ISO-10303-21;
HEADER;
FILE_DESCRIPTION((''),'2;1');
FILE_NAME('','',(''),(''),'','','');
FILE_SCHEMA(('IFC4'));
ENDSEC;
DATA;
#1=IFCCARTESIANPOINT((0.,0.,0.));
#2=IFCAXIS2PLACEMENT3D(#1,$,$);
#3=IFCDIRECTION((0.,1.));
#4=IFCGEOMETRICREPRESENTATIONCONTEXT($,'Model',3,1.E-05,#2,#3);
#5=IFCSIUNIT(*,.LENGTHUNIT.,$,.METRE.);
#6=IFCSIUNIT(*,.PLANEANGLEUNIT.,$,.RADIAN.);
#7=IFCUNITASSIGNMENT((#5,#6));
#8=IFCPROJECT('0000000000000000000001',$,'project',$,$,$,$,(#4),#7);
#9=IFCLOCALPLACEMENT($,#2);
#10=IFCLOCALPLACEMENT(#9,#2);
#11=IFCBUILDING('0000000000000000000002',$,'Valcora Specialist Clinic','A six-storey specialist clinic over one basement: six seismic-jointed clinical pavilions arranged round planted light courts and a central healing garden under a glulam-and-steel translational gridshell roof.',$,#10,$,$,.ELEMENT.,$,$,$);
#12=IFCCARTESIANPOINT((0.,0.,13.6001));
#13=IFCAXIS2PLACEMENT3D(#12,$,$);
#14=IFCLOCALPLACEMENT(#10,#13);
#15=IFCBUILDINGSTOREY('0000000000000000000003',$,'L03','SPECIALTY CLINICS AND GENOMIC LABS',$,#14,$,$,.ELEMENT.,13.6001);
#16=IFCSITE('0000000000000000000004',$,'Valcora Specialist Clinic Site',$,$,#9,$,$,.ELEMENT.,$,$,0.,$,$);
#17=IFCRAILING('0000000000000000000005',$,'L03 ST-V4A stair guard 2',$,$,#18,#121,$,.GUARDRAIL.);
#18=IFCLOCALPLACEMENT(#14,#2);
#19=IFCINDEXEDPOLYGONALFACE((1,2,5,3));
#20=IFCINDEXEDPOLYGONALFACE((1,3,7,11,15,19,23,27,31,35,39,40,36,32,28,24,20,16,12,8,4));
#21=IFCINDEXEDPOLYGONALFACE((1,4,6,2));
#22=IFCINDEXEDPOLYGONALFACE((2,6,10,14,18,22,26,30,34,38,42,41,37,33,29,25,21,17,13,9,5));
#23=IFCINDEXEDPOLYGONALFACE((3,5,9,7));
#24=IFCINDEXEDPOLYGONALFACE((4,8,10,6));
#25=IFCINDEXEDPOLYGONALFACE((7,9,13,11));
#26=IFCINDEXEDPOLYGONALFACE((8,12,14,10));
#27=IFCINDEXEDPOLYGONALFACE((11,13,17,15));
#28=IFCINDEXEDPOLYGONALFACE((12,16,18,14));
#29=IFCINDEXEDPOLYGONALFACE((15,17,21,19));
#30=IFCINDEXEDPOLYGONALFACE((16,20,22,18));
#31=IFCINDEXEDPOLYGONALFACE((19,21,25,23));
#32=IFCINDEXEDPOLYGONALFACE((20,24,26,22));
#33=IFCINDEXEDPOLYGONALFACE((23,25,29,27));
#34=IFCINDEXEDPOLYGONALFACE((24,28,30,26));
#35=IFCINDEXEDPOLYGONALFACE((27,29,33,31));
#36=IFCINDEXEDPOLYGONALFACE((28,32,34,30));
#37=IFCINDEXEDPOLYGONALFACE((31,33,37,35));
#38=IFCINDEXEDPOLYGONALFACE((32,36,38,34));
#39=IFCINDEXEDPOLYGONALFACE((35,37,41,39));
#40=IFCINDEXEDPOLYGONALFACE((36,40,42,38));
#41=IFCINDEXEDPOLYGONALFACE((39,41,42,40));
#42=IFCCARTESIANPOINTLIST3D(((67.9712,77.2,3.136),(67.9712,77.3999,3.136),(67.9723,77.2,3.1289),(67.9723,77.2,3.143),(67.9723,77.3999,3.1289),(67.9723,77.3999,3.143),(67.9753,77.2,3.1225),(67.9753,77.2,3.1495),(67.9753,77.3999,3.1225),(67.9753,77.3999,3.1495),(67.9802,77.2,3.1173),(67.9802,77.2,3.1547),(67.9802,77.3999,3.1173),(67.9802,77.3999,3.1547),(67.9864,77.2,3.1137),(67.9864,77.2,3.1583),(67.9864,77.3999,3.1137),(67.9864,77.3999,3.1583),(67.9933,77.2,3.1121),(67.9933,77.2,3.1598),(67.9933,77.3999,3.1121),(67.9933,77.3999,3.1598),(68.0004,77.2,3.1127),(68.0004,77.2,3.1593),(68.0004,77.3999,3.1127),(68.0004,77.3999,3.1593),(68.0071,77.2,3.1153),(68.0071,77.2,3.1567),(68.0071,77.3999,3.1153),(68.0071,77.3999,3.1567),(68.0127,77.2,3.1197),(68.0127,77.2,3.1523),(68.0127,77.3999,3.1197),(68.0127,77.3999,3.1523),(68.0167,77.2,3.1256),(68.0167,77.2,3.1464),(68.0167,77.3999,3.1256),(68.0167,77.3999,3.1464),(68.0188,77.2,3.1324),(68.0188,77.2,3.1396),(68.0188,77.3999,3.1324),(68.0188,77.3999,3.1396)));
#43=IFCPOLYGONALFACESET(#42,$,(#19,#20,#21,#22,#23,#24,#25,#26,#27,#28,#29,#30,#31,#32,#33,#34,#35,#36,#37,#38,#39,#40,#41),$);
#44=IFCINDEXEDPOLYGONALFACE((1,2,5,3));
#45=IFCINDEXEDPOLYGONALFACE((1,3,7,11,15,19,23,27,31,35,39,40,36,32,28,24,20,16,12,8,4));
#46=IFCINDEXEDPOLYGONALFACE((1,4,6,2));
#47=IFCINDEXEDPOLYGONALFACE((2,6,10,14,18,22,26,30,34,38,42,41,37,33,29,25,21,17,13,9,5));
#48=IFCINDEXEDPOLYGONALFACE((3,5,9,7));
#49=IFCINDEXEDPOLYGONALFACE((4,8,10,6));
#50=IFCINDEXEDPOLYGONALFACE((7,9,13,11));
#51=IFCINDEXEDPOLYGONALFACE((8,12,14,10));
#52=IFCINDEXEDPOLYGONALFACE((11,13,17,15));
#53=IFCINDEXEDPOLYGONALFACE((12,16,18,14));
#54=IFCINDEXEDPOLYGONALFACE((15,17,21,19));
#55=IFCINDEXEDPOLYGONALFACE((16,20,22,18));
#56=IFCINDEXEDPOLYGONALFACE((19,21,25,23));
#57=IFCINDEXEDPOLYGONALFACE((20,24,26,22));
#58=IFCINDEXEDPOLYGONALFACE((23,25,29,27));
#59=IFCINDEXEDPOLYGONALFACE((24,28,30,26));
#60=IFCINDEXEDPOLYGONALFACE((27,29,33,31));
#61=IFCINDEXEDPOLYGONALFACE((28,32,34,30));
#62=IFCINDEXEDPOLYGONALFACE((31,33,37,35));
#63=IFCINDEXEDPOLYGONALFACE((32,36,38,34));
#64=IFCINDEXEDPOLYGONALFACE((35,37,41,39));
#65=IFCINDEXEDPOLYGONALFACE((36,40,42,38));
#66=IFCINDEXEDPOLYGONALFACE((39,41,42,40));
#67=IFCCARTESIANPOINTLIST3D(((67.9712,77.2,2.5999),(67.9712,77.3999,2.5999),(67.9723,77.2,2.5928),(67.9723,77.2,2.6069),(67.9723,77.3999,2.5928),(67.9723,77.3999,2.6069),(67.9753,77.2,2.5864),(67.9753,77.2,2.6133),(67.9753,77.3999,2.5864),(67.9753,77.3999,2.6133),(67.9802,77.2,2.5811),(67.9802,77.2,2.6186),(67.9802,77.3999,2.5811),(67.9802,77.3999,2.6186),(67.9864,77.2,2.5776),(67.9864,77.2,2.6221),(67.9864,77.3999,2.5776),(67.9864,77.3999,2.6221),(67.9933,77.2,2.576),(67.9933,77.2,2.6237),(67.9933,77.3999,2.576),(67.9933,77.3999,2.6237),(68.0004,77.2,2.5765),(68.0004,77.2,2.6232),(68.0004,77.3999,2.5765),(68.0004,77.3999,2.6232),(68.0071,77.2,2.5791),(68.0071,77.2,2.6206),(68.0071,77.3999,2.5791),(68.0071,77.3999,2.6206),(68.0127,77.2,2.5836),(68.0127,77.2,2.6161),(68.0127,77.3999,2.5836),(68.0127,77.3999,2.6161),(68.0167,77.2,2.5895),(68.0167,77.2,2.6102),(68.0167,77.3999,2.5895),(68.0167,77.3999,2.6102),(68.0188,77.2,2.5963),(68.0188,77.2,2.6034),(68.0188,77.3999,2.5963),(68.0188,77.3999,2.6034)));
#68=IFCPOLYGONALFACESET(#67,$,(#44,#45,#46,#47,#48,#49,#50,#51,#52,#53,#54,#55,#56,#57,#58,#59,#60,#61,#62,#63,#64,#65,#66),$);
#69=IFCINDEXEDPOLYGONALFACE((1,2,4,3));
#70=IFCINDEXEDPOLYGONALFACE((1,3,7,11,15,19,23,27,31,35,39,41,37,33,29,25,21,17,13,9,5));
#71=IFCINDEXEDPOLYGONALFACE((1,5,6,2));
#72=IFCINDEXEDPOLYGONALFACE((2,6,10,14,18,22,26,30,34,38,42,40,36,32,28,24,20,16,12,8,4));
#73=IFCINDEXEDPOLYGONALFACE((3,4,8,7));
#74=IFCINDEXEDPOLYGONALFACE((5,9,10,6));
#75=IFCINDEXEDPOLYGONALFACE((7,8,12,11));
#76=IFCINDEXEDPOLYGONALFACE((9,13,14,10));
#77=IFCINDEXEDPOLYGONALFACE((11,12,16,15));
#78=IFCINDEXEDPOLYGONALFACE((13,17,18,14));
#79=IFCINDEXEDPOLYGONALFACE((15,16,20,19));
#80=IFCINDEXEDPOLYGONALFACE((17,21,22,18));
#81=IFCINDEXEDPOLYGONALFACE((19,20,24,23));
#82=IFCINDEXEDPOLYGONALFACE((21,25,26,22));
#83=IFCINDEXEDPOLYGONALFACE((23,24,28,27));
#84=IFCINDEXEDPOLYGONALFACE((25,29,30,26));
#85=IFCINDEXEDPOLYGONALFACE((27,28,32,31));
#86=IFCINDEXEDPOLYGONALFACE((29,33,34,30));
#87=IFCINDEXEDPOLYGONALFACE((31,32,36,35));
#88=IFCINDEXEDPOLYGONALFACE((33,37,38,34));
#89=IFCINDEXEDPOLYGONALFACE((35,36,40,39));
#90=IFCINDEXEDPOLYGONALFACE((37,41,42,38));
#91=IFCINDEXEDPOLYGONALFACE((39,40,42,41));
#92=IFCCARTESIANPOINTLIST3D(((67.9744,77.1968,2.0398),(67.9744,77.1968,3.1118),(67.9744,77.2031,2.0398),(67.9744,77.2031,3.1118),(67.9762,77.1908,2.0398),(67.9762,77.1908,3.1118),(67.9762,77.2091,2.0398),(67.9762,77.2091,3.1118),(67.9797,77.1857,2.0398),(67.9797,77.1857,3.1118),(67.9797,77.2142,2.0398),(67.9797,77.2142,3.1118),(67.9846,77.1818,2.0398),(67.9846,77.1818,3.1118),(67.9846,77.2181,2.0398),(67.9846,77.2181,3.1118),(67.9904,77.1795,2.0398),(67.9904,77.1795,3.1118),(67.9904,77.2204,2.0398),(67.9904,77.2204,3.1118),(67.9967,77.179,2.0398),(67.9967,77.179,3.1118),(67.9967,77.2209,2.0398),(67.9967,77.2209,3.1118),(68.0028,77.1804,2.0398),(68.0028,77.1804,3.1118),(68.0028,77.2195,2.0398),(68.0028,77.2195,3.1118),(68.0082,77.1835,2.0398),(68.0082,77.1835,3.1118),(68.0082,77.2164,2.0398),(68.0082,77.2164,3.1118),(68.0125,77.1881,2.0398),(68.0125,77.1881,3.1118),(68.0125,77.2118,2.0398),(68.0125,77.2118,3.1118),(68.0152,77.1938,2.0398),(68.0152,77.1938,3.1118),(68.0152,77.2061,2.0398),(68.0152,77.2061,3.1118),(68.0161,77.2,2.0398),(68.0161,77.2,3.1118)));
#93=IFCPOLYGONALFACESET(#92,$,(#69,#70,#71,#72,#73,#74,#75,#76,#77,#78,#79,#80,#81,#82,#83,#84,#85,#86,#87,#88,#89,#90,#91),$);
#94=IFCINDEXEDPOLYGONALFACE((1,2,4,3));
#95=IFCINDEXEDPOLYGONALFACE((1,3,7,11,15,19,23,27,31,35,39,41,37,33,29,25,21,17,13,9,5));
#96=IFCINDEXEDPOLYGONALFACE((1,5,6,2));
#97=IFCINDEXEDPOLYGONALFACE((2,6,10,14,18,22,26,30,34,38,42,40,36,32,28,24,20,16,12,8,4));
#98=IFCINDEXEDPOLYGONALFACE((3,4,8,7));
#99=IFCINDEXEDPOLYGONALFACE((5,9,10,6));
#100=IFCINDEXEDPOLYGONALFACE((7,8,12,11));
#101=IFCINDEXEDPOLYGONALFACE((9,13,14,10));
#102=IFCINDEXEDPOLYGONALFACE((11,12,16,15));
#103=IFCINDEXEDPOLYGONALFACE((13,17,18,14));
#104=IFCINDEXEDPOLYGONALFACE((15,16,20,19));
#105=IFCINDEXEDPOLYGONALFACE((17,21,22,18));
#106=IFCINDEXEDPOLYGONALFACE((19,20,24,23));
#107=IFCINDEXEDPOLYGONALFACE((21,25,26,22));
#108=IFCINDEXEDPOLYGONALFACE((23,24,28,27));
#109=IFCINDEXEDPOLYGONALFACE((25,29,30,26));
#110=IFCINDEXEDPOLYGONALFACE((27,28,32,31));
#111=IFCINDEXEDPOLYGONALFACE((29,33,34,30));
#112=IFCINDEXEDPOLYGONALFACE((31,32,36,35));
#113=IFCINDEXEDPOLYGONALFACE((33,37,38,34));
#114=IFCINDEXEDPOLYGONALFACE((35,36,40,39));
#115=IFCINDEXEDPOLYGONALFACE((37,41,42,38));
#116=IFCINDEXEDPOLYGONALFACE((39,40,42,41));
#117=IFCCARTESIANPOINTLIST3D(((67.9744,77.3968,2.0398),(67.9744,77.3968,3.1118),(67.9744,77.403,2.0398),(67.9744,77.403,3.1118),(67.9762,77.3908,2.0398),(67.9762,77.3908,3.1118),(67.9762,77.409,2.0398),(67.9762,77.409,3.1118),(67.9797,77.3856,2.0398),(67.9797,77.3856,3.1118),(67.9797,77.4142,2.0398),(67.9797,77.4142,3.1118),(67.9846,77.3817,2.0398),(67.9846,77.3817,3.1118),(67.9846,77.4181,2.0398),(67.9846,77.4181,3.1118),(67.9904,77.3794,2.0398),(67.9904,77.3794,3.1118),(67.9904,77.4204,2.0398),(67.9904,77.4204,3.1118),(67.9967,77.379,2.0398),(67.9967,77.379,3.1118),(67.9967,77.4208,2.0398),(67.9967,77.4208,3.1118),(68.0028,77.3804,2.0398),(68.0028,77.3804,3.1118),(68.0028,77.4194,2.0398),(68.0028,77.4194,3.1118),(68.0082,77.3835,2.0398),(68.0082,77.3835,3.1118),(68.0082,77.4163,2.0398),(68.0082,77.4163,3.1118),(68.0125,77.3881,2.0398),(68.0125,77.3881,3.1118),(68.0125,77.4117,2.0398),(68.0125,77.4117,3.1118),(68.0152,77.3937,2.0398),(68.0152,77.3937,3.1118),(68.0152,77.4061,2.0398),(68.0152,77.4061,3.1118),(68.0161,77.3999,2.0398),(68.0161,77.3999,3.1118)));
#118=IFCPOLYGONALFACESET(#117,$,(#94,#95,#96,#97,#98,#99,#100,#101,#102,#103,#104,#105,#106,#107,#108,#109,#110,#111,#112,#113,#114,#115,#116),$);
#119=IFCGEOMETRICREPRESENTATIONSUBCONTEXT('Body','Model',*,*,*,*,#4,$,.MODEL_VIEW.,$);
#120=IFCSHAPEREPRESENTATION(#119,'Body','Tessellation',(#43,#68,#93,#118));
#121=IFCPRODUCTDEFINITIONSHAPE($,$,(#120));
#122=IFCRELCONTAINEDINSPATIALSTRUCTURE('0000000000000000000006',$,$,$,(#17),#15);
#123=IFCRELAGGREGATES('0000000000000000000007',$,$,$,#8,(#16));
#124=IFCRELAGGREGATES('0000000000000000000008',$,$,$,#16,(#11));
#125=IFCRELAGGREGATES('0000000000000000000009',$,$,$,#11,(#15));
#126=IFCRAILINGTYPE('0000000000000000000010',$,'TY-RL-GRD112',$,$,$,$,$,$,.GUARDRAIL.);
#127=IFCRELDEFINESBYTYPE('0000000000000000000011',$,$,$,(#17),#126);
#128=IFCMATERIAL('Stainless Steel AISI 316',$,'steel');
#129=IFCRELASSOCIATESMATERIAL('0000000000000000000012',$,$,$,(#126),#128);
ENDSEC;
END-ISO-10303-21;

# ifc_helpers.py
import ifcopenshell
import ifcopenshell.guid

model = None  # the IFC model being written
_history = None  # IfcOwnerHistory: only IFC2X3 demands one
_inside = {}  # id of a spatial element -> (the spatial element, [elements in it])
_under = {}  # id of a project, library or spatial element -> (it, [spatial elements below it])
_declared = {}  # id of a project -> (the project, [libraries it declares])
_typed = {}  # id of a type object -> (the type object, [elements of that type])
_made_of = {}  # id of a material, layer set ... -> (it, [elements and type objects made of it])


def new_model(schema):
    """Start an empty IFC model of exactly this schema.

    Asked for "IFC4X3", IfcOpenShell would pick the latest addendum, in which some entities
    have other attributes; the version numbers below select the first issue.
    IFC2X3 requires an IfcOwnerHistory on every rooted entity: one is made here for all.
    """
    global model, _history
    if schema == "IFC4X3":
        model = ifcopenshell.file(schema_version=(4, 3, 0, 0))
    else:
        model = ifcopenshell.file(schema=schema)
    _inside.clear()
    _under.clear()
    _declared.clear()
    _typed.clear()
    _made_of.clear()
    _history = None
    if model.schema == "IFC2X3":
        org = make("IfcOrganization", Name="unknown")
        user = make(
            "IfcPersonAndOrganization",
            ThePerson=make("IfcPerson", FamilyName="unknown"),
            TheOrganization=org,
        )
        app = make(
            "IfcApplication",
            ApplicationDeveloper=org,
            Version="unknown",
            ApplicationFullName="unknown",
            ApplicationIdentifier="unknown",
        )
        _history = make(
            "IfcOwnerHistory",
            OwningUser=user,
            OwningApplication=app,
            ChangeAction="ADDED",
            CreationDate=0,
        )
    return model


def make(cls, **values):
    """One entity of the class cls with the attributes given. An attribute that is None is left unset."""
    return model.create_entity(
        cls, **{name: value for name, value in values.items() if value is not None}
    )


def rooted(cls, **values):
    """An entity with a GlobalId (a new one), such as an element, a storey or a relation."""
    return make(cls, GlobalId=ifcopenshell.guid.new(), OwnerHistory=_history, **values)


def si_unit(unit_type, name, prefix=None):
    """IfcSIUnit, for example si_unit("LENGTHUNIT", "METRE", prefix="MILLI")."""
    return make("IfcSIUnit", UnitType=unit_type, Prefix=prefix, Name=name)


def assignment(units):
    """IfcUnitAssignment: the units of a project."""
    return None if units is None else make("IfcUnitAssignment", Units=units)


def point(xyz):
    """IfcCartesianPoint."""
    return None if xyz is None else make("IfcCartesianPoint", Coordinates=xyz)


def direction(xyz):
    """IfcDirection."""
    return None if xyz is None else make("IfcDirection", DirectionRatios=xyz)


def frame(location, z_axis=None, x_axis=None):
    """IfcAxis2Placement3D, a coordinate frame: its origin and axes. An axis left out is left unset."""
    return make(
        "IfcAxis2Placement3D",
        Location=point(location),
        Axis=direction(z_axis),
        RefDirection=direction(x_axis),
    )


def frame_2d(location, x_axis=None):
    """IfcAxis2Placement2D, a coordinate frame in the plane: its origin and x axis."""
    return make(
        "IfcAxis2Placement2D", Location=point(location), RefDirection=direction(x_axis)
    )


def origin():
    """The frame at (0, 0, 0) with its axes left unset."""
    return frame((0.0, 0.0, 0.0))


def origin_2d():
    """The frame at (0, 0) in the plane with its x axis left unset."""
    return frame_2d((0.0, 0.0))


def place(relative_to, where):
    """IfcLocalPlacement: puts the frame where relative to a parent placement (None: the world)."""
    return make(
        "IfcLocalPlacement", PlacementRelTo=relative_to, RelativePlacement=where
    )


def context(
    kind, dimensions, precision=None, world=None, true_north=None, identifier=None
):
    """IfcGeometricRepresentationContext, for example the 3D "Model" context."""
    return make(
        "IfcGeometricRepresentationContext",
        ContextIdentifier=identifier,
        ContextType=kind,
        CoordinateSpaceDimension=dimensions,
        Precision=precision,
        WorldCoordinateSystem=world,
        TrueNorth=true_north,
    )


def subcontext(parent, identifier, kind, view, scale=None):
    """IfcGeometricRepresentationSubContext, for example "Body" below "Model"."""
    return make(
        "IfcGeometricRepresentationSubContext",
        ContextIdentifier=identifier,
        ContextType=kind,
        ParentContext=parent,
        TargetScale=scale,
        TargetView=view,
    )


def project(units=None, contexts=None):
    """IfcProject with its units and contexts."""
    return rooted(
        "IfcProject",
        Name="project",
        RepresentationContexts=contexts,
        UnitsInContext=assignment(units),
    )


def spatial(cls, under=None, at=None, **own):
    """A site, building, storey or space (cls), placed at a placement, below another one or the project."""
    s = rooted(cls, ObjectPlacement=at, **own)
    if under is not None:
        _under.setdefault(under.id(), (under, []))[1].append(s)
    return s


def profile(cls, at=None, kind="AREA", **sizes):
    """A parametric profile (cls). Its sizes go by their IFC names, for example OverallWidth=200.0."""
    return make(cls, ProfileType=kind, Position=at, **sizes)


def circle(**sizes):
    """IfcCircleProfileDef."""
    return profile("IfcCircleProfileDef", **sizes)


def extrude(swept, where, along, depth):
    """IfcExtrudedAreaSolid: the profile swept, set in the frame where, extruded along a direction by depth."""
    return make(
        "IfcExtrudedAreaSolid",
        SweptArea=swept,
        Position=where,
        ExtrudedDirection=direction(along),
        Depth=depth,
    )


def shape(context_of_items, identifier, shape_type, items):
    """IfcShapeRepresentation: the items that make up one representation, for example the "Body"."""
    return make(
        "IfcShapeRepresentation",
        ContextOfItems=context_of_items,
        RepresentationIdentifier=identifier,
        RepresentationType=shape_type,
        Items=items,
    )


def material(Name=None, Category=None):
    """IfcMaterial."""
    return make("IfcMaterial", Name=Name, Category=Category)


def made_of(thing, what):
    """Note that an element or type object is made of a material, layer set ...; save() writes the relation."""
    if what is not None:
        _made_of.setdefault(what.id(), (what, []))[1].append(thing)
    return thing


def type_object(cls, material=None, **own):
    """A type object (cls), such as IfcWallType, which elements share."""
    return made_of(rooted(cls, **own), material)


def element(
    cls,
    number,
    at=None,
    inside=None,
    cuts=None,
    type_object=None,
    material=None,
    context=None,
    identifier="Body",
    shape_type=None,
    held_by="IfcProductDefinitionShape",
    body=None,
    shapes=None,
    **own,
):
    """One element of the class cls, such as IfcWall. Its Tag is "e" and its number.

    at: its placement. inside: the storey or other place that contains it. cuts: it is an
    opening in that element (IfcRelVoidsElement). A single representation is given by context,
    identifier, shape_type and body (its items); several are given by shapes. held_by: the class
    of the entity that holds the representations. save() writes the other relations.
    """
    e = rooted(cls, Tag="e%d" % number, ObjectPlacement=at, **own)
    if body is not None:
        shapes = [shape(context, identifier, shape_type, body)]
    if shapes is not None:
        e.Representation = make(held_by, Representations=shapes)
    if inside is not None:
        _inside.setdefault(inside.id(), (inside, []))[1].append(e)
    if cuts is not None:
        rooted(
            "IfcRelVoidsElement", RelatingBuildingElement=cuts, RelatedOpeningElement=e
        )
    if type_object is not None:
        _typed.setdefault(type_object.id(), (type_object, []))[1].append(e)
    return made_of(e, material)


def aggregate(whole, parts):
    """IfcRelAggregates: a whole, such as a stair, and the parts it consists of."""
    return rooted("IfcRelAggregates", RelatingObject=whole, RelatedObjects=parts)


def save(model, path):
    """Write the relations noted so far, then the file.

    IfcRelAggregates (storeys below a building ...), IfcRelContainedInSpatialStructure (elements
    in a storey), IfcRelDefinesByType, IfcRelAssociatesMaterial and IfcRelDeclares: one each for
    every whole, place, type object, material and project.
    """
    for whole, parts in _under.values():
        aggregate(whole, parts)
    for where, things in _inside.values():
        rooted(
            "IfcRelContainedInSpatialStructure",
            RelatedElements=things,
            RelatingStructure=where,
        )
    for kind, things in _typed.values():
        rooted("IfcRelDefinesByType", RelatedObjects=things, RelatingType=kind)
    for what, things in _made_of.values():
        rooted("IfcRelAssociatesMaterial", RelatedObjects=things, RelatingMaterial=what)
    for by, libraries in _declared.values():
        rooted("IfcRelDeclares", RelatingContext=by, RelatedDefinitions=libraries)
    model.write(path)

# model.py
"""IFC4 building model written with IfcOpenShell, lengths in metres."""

from ifc_helpers import new_model, si_unit, direction, frame, origin, origin_2d, place, context, subcontext, project, spatial, circle, extrude, material, type_object, element, save


model = new_model("IFC4")

# Units and contexts
model_context = context("Model", 3, precision=1e-05, world=origin(), true_north=direction((0.0, 1.0)))
body_context = subcontext(model_context, "Body", "Model", "MODEL_VIEW")
ifc_project = project(units=[si_unit("LENGTHUNIT", "METRE"), si_unit("PLANEANGLEUNIT", "RADIAN")], contexts=[model_context])

# Site, building, storey
site_placement = place(None, origin())
site = spatial("IfcSite", under=ifc_project, at=site_placement, Name="Valcora Specialist Clinic Site", CompositionType="ELEMENT", RefElevation=0.0)
building_placement = place(site_placement, origin())
building = spatial("IfcBuilding", under=site, at=building_placement, Name="Valcora Specialist Clinic", Description="A six-storey specialist clinic over one basement: six seismic-jointed clinical pavilions arranged round planted light courts and a central healing garden under a glulam-and-steel translational gridshell roof.", CompositionType="ELEMENT")
storey_placement = place(building_placement, frame((0.0, 0.0, 13.6001)))
storey = spatial("IfcBuildingStorey", under=building, at=storey_placement, Name="L03", Description="SPECIALTY CLINICS AND GENOMIC LABS", CompositionType="ELEMENT", Elevation=13.6001)

# Shared definitions
ifc_material_1 = material(Name="Stainless Steel AISI 316", Category="steel")

# Railing
railing_type_1 = type_object("IfcRailingType", Name="TY-RL-GRD112", PredefinedType="GUARDRAIL", material=ifc_material_1)
railing_1_placement = place(storey_placement, frame((67.9951, 77.2, 2.0398)))
element("IfcRailing", 1, at=railing_1_placement, inside=storey, type_object=railing_type_1, Name="L03 ST-V4A stair guard 2", PredefinedType="GUARDRAIL", context=body_context, shape_type="SweptSolid", body=[
    extrude(circle(Radius=0.0239, at=origin_2d()), frame((0.0, 0.0, 1.0962), z_axis=(0.0, 1.0, 0.0), x_axis=(-1.0, 0.0, 0.0)), (0.0, 0.0, 1.0), 0.2),
    extrude(circle(Radius=0.0239, at=origin_2d()), frame((0.0, 0.0, 0.5601), z_axis=(0.0, 1.0, 0.0), x_axis=(-1.0, 0.0, 0.0)), (0.0, 0.0, 1.0), 0.2),
    extrude(circle(Radius=0.021, at=origin_2d()), origin(), (0.0, 0.0, 1.0), 1.072),
    extrude(circle(Radius=0.021, at=origin_2d()), frame((0.0, 0.2, 0.0)), (0.0, 0.0, 1.0), 1.072),
])

save(model, "model.ifc")
